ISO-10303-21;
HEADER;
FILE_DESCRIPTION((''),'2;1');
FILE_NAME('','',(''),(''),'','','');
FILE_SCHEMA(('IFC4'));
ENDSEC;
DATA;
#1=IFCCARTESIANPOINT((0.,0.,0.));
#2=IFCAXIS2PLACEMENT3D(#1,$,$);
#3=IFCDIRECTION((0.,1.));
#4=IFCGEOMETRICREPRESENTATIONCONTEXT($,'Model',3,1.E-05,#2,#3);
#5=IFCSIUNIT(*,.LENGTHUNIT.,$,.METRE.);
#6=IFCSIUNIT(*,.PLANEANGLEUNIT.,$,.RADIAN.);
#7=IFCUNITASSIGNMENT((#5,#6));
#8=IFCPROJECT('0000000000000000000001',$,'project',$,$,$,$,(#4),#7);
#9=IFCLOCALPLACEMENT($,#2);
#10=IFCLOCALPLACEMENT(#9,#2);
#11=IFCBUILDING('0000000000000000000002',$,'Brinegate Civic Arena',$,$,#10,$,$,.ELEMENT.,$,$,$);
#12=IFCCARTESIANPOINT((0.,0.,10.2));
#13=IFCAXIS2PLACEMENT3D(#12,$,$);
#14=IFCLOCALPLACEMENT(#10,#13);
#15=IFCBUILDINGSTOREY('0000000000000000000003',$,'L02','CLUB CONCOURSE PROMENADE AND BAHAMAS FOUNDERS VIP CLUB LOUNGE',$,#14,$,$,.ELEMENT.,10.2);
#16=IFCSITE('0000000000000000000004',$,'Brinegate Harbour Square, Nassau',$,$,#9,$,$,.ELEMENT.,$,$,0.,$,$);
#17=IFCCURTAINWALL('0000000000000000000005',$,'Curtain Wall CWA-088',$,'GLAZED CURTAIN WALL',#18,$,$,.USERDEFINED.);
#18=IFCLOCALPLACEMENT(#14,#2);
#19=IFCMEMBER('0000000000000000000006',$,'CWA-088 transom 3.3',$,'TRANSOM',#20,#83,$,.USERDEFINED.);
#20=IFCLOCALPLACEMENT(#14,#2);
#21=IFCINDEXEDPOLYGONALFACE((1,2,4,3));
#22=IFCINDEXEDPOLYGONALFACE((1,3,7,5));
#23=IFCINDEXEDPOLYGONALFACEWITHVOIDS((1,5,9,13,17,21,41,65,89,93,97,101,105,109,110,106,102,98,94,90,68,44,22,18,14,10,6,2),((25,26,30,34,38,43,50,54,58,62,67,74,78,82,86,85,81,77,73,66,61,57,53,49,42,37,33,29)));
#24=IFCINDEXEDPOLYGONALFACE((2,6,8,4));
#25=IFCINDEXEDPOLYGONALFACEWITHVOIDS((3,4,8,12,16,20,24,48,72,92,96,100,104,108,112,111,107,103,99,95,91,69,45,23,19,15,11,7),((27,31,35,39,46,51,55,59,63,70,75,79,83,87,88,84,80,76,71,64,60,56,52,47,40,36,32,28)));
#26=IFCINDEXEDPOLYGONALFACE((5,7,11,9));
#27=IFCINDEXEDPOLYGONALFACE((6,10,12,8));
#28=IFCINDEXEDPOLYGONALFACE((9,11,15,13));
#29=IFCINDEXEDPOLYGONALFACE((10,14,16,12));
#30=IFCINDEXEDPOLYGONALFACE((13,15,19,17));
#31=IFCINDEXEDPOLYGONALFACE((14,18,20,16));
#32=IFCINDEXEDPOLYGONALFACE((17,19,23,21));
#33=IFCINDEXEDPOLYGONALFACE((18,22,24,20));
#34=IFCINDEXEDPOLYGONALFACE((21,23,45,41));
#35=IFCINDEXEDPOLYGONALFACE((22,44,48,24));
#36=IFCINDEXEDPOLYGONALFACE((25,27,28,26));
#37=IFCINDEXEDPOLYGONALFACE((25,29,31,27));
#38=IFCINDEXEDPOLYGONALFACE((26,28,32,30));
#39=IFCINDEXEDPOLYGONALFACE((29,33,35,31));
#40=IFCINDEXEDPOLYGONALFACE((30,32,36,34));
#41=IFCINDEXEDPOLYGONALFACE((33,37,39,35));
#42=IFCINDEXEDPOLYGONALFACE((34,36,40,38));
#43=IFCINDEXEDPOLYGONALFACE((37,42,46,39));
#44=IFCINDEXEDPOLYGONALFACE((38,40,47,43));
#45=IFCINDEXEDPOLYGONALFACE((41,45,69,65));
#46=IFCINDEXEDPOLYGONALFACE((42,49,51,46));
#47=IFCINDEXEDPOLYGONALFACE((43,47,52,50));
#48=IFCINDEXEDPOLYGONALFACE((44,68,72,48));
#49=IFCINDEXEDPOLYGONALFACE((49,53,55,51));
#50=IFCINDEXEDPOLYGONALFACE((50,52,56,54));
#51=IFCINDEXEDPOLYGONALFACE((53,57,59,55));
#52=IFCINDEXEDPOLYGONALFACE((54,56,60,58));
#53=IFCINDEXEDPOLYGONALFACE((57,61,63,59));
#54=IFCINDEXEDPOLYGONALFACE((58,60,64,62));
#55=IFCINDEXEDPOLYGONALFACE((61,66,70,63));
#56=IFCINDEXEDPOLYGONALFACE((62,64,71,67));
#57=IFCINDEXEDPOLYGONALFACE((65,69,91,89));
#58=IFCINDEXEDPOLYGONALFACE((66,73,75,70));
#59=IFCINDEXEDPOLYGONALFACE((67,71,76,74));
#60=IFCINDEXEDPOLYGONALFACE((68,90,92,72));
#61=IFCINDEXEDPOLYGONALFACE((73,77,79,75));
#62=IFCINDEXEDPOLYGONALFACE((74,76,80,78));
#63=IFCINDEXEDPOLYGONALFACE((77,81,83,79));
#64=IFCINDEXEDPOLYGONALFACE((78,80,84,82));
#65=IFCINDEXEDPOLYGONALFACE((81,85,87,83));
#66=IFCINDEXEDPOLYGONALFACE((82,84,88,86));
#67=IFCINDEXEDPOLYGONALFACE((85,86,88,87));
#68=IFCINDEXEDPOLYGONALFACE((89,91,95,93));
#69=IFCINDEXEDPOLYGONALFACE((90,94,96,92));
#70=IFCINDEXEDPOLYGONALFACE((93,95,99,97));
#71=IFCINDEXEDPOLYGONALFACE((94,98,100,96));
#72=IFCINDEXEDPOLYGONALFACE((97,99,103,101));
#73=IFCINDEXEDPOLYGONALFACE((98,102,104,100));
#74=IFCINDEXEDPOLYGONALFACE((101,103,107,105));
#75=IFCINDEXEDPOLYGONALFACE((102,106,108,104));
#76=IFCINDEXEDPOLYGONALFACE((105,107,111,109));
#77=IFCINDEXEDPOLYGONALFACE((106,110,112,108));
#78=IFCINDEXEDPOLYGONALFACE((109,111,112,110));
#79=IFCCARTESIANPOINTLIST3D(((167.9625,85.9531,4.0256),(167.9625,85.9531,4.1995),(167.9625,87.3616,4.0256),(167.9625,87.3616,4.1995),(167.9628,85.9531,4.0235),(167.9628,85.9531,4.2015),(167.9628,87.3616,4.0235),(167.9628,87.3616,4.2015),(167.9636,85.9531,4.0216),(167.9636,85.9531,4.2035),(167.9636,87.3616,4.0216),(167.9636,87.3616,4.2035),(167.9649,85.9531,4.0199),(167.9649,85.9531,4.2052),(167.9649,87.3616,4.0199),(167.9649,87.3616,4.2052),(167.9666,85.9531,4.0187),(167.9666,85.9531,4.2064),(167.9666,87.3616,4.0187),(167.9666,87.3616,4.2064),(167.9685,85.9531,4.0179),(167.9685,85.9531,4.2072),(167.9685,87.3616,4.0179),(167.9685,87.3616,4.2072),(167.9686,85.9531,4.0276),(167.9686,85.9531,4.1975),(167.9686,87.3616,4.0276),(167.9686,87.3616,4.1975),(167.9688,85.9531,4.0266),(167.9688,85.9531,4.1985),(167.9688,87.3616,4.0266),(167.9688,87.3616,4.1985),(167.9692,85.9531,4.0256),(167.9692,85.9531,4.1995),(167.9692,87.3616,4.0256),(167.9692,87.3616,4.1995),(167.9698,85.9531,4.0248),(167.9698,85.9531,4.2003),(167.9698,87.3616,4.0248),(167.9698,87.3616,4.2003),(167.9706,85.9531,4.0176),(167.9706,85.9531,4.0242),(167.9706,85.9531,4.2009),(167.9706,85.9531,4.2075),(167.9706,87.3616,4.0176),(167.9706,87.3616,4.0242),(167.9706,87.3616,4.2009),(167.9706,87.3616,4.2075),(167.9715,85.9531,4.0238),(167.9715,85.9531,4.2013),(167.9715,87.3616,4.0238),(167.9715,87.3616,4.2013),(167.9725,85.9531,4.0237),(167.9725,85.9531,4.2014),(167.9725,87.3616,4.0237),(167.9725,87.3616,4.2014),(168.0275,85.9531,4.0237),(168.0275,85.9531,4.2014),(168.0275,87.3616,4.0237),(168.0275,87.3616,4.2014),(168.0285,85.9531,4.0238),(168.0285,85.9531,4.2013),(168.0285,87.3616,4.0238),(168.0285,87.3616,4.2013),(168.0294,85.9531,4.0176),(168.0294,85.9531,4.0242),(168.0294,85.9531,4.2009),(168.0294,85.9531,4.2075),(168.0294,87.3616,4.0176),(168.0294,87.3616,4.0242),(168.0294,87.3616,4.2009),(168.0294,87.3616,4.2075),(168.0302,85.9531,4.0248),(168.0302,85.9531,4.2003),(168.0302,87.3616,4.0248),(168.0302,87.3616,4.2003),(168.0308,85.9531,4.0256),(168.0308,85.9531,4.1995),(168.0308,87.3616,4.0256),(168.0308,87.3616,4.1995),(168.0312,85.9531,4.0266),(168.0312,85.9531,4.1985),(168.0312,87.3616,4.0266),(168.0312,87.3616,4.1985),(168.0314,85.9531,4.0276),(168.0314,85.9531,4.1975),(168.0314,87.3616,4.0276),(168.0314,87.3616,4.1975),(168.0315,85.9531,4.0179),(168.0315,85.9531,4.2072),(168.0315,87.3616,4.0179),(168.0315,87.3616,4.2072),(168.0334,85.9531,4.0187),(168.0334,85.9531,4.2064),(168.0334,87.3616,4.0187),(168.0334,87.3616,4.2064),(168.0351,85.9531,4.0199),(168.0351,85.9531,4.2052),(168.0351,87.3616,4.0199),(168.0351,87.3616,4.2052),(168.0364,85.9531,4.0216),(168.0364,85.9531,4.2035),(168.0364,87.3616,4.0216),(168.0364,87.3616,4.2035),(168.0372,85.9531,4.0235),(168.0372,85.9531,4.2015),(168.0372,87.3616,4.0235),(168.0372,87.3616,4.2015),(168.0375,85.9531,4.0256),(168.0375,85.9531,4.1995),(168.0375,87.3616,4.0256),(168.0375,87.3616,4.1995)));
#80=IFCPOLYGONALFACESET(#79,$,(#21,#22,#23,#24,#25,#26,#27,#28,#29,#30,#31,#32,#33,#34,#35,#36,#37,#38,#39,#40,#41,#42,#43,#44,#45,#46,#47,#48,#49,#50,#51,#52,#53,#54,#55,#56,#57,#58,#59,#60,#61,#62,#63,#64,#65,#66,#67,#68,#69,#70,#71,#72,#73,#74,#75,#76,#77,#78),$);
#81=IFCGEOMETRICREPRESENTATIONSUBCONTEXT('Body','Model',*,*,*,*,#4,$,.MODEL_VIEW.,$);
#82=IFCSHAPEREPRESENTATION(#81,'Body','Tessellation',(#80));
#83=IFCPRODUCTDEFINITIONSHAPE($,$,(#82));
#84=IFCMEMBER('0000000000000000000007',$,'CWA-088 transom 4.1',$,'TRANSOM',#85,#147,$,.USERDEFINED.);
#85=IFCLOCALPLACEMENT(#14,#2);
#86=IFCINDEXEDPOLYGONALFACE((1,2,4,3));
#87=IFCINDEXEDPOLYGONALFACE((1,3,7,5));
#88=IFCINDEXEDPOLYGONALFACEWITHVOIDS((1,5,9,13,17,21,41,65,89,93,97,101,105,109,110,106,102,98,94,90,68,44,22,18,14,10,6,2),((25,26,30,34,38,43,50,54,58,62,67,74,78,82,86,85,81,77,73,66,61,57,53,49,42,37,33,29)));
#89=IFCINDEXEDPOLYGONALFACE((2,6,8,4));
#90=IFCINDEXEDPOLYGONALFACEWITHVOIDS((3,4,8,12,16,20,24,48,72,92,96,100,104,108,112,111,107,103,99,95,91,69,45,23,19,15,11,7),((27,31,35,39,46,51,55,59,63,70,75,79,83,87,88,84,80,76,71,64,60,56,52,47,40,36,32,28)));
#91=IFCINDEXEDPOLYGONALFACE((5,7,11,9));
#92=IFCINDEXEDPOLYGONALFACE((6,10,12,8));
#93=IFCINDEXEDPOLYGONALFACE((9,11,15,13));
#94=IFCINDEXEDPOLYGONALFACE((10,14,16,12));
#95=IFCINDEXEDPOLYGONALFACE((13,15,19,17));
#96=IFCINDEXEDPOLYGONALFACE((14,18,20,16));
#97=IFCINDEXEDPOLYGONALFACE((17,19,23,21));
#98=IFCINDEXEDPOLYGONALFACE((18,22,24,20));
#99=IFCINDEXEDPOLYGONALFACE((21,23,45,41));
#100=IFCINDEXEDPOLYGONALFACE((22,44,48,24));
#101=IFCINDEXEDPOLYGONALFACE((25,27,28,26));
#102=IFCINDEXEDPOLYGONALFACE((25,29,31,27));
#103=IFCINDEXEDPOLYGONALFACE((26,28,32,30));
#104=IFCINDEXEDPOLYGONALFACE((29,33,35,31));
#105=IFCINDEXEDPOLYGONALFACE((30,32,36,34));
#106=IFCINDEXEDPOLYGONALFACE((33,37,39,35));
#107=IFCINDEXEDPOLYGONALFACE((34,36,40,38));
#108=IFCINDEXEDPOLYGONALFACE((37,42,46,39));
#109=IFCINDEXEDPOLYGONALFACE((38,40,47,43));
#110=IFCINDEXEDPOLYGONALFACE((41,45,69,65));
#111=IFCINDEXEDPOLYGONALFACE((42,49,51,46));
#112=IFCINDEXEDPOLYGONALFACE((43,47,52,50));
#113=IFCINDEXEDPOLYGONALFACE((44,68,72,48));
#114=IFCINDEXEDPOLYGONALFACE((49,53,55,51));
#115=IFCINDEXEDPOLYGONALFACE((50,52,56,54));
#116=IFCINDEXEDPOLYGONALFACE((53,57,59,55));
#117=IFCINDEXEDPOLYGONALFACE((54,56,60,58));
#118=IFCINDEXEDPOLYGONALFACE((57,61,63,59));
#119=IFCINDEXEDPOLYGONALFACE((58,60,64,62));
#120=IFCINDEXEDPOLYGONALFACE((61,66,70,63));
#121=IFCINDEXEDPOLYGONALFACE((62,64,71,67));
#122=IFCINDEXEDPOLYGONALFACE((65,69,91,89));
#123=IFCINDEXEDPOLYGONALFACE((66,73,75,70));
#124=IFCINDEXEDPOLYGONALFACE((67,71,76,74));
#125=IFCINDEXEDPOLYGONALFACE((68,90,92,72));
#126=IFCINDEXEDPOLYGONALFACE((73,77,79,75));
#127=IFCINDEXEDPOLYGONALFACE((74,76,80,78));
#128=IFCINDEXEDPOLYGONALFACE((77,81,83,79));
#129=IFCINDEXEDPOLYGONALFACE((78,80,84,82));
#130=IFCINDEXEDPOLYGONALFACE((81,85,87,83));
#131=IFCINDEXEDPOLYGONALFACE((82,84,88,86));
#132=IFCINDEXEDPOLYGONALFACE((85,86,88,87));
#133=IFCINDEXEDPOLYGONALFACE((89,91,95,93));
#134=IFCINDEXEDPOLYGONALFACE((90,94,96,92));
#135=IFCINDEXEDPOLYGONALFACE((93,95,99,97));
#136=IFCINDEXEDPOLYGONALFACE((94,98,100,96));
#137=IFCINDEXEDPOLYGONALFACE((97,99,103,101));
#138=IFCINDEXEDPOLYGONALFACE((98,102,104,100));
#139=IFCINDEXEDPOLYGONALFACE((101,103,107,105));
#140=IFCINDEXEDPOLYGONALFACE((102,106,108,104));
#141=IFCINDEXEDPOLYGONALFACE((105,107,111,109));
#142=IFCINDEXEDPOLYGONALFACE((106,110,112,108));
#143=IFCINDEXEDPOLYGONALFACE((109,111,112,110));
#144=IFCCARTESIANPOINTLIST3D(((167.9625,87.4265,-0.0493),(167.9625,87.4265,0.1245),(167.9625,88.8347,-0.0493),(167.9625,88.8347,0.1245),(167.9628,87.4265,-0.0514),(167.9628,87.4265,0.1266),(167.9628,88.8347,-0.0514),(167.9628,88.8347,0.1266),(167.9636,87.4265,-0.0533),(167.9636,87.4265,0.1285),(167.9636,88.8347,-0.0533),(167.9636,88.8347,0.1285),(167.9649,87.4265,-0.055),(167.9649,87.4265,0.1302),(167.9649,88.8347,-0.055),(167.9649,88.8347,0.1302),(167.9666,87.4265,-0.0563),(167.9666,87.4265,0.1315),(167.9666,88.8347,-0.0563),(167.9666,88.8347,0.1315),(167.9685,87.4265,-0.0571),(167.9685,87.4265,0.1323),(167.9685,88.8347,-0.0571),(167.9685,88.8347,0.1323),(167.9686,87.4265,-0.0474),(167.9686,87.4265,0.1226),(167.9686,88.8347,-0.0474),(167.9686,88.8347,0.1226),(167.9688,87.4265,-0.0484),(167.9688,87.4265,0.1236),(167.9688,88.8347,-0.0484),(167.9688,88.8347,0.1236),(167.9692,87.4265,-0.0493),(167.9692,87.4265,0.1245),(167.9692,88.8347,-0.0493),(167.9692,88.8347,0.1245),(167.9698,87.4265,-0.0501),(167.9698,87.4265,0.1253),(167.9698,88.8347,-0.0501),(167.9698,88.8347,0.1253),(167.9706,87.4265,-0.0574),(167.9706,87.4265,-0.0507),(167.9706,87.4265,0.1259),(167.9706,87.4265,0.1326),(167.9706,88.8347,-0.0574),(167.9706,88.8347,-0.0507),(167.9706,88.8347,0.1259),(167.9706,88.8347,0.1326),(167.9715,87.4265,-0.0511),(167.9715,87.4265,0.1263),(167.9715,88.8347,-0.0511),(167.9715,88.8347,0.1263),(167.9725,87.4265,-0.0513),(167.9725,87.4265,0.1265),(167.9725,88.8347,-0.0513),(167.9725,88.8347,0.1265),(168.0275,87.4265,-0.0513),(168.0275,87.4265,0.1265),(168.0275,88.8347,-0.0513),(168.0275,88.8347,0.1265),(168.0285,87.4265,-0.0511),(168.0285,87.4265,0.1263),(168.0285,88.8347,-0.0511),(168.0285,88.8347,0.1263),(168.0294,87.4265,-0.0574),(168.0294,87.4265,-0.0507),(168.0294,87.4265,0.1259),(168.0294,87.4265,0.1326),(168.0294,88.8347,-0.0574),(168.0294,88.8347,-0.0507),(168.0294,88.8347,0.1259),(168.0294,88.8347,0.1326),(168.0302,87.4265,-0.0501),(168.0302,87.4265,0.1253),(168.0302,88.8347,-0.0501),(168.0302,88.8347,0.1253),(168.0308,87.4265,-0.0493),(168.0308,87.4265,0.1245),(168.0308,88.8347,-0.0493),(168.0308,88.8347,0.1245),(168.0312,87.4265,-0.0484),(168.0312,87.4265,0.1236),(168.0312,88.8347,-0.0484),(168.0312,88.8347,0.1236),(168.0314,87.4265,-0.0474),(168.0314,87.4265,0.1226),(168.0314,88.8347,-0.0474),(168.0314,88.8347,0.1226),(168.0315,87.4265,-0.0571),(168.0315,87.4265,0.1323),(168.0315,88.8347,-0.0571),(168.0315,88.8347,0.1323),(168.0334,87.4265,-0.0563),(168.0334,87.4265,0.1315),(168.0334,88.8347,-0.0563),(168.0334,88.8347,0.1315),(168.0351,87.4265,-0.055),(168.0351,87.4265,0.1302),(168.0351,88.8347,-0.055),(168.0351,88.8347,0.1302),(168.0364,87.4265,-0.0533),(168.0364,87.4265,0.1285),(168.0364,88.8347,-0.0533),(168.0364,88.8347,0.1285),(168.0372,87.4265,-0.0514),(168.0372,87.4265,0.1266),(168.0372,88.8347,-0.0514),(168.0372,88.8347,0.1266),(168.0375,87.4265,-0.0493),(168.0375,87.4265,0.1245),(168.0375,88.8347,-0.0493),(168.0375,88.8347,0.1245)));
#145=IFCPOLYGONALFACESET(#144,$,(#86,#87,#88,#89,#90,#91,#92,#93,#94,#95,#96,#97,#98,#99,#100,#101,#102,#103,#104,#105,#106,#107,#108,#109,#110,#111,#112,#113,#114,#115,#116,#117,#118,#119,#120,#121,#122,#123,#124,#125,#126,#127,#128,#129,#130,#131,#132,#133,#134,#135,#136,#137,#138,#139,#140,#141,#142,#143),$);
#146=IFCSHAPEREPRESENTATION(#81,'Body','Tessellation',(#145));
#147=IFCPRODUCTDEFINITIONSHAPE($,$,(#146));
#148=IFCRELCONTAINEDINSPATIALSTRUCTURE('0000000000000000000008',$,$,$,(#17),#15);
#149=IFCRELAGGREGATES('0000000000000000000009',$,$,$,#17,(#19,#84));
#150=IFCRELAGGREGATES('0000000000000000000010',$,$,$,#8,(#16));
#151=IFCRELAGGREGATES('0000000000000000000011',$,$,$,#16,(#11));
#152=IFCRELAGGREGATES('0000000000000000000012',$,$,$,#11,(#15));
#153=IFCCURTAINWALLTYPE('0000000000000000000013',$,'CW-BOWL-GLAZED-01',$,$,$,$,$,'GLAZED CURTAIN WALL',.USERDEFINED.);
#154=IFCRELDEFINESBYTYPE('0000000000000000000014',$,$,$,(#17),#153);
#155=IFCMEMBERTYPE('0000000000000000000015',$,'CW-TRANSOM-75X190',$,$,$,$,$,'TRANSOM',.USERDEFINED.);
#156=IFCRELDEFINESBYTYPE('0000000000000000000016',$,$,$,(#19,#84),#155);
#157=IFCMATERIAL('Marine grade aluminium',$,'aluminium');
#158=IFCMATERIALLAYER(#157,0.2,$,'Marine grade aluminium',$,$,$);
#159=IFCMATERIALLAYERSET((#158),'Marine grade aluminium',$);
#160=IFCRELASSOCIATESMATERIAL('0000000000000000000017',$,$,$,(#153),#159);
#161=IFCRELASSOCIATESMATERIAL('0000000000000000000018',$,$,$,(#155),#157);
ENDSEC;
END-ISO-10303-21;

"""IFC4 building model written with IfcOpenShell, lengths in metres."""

from ifc_helpers import new_model, si_unit, direction, frame, origin, origin_2d, place, context, subcontext, project, spatial, hollow_rectangle, extrude, material, layer, layer_set, material_profile, profile_set, type_object, element, aggregate, save


model = new_model("IFC4")

# Units and contexts
model_context = context("Model", 3, precision=1e-05, world=origin(), true_north=direction((0.0, 1.0)))
body_context = subcontext(model_context, "Body", "Model", "MODEL_VIEW")
ifc_project = project(units=[si_unit("LENGTHUNIT", "METRE"), si_unit("PLANEANGLEUNIT", "RADIAN")], contexts=[model_context])

# Site, building, storey
site_placement = place(None, origin())
site = spatial("IfcSite", under=ifc_project, at=site_placement, Name="Brinegate Harbour Square, Nassau", CompositionType="ELEMENT", RefElevation=0.0)
building_placement = place(site_placement, origin())
building = spatial("IfcBuilding", under=site, at=building_placement, Name="Brinegate Civic Arena", CompositionType="ELEMENT")
storey_placement = place(building_placement, frame((0.0, 0.0, 10.2)))
storey = spatial("IfcBuildingStorey", under=building, at=storey_placement, Name="L02", Description="CLUB CONCOURSE PROMENADE AND BAHAMAS FOUNDERS VIP CLUB LOUNGE", CompositionType="ELEMENT", Elevation=10.2)

# Curtain wall, members
ifc_material_1 = material(Name="Marine grade aluminium", Category="aluminium")
ifc_layer_1 = layer(ifc_material_1, 0.2, Name="Marine grade aluminium")
ifc_layer_set_1 = layer_set([ifc_layer_1], Name="Marine grade aluminium")
curtain_wall_type = type_object("IfcCurtainWallType", Name="CW-BOWL-GLAZED-01", ElementType="GLAZED CURTAIN WALL", PredefinedType="USERDEFINED", material=ifc_layer_set_1)
curtain_wall_placement = place(storey_placement, origin())
curtain_wall = element("IfcCurtainWall", 1, at=curtain_wall_placement, inside=storey, type_object=curtain_wall_type, Name="Curtain Wall CWA-088", ObjectType="GLAZED CURTAIN WALL", PredefinedType="USERDEFINED")
ifc_material_profile_1 = material_profile(ifc_material_1, hollow_rectangle(XDim=0.075, YDim=0.1899, WallThickness=0.0061, InnerFilletRadius=0.0039, OuterFilletRadius=0.0081, at=origin_2d()), Name="TRN75X190")
ifc_profile_set_1 = profile_set([ifc_material_profile_1], Name="Marine grade aluminium")
member_type_1 = type_object("IfcMemberType", Name="CW-TRANSOM-75X190", ElementType="TRANSOM", PredefinedType="USERDEFINED", material=ifc_profile_set_1)
member_1_placement = place(storey_placement, frame((168.0, 85.9531, 4.1125), z_axis=(0.0, 1.0, 0.0), x_axis=(-1.0, 0.0, 0.0)))
member_1 = element("IfcMember", 2, at=member_1_placement, type_object=member_type_1, Name="CWA-088 transom 3.3", ObjectType="TRANSOM", PredefinedType="USERDEFINED", context=body_context, shape_type="SweptSolid", body=[
    extrude(hollow_rectangle(XDim=0.075, YDim=0.1899, WallThickness=0.0061, InnerFilletRadius=0.0039, OuterFilletRadius=0.0081, at=origin_2d()), origin(), (0.0, 0.0, 1.0), 1.4084),
])
member_2_placement = place(storey_placement, frame((168.0, 87.4265, 0.0376), z_axis=(0.0, 1.0, 0.0), x_axis=(-1.0, 0.0, 0.0)))
member_2 = element("IfcMember", 3, at=member_2_placement, type_object=member_type_1, Name="CWA-088 transom 4.1", ObjectType="TRANSOM", PredefinedType="USERDEFINED", context=body_context, shape_type="SweptSolid", body=[
    extrude(hollow_rectangle(XDim=0.075, YDim=0.1899, WallThickness=0.0061, InnerFilletRadius=0.0039, OuterFilletRadius=0.0081, at=origin_2d()), origin(), (0.0, 0.0, 1.0), 1.4082),
])

aggregate(curtain_wall, [member_1, member_2])

save(model, "model.ifc")
